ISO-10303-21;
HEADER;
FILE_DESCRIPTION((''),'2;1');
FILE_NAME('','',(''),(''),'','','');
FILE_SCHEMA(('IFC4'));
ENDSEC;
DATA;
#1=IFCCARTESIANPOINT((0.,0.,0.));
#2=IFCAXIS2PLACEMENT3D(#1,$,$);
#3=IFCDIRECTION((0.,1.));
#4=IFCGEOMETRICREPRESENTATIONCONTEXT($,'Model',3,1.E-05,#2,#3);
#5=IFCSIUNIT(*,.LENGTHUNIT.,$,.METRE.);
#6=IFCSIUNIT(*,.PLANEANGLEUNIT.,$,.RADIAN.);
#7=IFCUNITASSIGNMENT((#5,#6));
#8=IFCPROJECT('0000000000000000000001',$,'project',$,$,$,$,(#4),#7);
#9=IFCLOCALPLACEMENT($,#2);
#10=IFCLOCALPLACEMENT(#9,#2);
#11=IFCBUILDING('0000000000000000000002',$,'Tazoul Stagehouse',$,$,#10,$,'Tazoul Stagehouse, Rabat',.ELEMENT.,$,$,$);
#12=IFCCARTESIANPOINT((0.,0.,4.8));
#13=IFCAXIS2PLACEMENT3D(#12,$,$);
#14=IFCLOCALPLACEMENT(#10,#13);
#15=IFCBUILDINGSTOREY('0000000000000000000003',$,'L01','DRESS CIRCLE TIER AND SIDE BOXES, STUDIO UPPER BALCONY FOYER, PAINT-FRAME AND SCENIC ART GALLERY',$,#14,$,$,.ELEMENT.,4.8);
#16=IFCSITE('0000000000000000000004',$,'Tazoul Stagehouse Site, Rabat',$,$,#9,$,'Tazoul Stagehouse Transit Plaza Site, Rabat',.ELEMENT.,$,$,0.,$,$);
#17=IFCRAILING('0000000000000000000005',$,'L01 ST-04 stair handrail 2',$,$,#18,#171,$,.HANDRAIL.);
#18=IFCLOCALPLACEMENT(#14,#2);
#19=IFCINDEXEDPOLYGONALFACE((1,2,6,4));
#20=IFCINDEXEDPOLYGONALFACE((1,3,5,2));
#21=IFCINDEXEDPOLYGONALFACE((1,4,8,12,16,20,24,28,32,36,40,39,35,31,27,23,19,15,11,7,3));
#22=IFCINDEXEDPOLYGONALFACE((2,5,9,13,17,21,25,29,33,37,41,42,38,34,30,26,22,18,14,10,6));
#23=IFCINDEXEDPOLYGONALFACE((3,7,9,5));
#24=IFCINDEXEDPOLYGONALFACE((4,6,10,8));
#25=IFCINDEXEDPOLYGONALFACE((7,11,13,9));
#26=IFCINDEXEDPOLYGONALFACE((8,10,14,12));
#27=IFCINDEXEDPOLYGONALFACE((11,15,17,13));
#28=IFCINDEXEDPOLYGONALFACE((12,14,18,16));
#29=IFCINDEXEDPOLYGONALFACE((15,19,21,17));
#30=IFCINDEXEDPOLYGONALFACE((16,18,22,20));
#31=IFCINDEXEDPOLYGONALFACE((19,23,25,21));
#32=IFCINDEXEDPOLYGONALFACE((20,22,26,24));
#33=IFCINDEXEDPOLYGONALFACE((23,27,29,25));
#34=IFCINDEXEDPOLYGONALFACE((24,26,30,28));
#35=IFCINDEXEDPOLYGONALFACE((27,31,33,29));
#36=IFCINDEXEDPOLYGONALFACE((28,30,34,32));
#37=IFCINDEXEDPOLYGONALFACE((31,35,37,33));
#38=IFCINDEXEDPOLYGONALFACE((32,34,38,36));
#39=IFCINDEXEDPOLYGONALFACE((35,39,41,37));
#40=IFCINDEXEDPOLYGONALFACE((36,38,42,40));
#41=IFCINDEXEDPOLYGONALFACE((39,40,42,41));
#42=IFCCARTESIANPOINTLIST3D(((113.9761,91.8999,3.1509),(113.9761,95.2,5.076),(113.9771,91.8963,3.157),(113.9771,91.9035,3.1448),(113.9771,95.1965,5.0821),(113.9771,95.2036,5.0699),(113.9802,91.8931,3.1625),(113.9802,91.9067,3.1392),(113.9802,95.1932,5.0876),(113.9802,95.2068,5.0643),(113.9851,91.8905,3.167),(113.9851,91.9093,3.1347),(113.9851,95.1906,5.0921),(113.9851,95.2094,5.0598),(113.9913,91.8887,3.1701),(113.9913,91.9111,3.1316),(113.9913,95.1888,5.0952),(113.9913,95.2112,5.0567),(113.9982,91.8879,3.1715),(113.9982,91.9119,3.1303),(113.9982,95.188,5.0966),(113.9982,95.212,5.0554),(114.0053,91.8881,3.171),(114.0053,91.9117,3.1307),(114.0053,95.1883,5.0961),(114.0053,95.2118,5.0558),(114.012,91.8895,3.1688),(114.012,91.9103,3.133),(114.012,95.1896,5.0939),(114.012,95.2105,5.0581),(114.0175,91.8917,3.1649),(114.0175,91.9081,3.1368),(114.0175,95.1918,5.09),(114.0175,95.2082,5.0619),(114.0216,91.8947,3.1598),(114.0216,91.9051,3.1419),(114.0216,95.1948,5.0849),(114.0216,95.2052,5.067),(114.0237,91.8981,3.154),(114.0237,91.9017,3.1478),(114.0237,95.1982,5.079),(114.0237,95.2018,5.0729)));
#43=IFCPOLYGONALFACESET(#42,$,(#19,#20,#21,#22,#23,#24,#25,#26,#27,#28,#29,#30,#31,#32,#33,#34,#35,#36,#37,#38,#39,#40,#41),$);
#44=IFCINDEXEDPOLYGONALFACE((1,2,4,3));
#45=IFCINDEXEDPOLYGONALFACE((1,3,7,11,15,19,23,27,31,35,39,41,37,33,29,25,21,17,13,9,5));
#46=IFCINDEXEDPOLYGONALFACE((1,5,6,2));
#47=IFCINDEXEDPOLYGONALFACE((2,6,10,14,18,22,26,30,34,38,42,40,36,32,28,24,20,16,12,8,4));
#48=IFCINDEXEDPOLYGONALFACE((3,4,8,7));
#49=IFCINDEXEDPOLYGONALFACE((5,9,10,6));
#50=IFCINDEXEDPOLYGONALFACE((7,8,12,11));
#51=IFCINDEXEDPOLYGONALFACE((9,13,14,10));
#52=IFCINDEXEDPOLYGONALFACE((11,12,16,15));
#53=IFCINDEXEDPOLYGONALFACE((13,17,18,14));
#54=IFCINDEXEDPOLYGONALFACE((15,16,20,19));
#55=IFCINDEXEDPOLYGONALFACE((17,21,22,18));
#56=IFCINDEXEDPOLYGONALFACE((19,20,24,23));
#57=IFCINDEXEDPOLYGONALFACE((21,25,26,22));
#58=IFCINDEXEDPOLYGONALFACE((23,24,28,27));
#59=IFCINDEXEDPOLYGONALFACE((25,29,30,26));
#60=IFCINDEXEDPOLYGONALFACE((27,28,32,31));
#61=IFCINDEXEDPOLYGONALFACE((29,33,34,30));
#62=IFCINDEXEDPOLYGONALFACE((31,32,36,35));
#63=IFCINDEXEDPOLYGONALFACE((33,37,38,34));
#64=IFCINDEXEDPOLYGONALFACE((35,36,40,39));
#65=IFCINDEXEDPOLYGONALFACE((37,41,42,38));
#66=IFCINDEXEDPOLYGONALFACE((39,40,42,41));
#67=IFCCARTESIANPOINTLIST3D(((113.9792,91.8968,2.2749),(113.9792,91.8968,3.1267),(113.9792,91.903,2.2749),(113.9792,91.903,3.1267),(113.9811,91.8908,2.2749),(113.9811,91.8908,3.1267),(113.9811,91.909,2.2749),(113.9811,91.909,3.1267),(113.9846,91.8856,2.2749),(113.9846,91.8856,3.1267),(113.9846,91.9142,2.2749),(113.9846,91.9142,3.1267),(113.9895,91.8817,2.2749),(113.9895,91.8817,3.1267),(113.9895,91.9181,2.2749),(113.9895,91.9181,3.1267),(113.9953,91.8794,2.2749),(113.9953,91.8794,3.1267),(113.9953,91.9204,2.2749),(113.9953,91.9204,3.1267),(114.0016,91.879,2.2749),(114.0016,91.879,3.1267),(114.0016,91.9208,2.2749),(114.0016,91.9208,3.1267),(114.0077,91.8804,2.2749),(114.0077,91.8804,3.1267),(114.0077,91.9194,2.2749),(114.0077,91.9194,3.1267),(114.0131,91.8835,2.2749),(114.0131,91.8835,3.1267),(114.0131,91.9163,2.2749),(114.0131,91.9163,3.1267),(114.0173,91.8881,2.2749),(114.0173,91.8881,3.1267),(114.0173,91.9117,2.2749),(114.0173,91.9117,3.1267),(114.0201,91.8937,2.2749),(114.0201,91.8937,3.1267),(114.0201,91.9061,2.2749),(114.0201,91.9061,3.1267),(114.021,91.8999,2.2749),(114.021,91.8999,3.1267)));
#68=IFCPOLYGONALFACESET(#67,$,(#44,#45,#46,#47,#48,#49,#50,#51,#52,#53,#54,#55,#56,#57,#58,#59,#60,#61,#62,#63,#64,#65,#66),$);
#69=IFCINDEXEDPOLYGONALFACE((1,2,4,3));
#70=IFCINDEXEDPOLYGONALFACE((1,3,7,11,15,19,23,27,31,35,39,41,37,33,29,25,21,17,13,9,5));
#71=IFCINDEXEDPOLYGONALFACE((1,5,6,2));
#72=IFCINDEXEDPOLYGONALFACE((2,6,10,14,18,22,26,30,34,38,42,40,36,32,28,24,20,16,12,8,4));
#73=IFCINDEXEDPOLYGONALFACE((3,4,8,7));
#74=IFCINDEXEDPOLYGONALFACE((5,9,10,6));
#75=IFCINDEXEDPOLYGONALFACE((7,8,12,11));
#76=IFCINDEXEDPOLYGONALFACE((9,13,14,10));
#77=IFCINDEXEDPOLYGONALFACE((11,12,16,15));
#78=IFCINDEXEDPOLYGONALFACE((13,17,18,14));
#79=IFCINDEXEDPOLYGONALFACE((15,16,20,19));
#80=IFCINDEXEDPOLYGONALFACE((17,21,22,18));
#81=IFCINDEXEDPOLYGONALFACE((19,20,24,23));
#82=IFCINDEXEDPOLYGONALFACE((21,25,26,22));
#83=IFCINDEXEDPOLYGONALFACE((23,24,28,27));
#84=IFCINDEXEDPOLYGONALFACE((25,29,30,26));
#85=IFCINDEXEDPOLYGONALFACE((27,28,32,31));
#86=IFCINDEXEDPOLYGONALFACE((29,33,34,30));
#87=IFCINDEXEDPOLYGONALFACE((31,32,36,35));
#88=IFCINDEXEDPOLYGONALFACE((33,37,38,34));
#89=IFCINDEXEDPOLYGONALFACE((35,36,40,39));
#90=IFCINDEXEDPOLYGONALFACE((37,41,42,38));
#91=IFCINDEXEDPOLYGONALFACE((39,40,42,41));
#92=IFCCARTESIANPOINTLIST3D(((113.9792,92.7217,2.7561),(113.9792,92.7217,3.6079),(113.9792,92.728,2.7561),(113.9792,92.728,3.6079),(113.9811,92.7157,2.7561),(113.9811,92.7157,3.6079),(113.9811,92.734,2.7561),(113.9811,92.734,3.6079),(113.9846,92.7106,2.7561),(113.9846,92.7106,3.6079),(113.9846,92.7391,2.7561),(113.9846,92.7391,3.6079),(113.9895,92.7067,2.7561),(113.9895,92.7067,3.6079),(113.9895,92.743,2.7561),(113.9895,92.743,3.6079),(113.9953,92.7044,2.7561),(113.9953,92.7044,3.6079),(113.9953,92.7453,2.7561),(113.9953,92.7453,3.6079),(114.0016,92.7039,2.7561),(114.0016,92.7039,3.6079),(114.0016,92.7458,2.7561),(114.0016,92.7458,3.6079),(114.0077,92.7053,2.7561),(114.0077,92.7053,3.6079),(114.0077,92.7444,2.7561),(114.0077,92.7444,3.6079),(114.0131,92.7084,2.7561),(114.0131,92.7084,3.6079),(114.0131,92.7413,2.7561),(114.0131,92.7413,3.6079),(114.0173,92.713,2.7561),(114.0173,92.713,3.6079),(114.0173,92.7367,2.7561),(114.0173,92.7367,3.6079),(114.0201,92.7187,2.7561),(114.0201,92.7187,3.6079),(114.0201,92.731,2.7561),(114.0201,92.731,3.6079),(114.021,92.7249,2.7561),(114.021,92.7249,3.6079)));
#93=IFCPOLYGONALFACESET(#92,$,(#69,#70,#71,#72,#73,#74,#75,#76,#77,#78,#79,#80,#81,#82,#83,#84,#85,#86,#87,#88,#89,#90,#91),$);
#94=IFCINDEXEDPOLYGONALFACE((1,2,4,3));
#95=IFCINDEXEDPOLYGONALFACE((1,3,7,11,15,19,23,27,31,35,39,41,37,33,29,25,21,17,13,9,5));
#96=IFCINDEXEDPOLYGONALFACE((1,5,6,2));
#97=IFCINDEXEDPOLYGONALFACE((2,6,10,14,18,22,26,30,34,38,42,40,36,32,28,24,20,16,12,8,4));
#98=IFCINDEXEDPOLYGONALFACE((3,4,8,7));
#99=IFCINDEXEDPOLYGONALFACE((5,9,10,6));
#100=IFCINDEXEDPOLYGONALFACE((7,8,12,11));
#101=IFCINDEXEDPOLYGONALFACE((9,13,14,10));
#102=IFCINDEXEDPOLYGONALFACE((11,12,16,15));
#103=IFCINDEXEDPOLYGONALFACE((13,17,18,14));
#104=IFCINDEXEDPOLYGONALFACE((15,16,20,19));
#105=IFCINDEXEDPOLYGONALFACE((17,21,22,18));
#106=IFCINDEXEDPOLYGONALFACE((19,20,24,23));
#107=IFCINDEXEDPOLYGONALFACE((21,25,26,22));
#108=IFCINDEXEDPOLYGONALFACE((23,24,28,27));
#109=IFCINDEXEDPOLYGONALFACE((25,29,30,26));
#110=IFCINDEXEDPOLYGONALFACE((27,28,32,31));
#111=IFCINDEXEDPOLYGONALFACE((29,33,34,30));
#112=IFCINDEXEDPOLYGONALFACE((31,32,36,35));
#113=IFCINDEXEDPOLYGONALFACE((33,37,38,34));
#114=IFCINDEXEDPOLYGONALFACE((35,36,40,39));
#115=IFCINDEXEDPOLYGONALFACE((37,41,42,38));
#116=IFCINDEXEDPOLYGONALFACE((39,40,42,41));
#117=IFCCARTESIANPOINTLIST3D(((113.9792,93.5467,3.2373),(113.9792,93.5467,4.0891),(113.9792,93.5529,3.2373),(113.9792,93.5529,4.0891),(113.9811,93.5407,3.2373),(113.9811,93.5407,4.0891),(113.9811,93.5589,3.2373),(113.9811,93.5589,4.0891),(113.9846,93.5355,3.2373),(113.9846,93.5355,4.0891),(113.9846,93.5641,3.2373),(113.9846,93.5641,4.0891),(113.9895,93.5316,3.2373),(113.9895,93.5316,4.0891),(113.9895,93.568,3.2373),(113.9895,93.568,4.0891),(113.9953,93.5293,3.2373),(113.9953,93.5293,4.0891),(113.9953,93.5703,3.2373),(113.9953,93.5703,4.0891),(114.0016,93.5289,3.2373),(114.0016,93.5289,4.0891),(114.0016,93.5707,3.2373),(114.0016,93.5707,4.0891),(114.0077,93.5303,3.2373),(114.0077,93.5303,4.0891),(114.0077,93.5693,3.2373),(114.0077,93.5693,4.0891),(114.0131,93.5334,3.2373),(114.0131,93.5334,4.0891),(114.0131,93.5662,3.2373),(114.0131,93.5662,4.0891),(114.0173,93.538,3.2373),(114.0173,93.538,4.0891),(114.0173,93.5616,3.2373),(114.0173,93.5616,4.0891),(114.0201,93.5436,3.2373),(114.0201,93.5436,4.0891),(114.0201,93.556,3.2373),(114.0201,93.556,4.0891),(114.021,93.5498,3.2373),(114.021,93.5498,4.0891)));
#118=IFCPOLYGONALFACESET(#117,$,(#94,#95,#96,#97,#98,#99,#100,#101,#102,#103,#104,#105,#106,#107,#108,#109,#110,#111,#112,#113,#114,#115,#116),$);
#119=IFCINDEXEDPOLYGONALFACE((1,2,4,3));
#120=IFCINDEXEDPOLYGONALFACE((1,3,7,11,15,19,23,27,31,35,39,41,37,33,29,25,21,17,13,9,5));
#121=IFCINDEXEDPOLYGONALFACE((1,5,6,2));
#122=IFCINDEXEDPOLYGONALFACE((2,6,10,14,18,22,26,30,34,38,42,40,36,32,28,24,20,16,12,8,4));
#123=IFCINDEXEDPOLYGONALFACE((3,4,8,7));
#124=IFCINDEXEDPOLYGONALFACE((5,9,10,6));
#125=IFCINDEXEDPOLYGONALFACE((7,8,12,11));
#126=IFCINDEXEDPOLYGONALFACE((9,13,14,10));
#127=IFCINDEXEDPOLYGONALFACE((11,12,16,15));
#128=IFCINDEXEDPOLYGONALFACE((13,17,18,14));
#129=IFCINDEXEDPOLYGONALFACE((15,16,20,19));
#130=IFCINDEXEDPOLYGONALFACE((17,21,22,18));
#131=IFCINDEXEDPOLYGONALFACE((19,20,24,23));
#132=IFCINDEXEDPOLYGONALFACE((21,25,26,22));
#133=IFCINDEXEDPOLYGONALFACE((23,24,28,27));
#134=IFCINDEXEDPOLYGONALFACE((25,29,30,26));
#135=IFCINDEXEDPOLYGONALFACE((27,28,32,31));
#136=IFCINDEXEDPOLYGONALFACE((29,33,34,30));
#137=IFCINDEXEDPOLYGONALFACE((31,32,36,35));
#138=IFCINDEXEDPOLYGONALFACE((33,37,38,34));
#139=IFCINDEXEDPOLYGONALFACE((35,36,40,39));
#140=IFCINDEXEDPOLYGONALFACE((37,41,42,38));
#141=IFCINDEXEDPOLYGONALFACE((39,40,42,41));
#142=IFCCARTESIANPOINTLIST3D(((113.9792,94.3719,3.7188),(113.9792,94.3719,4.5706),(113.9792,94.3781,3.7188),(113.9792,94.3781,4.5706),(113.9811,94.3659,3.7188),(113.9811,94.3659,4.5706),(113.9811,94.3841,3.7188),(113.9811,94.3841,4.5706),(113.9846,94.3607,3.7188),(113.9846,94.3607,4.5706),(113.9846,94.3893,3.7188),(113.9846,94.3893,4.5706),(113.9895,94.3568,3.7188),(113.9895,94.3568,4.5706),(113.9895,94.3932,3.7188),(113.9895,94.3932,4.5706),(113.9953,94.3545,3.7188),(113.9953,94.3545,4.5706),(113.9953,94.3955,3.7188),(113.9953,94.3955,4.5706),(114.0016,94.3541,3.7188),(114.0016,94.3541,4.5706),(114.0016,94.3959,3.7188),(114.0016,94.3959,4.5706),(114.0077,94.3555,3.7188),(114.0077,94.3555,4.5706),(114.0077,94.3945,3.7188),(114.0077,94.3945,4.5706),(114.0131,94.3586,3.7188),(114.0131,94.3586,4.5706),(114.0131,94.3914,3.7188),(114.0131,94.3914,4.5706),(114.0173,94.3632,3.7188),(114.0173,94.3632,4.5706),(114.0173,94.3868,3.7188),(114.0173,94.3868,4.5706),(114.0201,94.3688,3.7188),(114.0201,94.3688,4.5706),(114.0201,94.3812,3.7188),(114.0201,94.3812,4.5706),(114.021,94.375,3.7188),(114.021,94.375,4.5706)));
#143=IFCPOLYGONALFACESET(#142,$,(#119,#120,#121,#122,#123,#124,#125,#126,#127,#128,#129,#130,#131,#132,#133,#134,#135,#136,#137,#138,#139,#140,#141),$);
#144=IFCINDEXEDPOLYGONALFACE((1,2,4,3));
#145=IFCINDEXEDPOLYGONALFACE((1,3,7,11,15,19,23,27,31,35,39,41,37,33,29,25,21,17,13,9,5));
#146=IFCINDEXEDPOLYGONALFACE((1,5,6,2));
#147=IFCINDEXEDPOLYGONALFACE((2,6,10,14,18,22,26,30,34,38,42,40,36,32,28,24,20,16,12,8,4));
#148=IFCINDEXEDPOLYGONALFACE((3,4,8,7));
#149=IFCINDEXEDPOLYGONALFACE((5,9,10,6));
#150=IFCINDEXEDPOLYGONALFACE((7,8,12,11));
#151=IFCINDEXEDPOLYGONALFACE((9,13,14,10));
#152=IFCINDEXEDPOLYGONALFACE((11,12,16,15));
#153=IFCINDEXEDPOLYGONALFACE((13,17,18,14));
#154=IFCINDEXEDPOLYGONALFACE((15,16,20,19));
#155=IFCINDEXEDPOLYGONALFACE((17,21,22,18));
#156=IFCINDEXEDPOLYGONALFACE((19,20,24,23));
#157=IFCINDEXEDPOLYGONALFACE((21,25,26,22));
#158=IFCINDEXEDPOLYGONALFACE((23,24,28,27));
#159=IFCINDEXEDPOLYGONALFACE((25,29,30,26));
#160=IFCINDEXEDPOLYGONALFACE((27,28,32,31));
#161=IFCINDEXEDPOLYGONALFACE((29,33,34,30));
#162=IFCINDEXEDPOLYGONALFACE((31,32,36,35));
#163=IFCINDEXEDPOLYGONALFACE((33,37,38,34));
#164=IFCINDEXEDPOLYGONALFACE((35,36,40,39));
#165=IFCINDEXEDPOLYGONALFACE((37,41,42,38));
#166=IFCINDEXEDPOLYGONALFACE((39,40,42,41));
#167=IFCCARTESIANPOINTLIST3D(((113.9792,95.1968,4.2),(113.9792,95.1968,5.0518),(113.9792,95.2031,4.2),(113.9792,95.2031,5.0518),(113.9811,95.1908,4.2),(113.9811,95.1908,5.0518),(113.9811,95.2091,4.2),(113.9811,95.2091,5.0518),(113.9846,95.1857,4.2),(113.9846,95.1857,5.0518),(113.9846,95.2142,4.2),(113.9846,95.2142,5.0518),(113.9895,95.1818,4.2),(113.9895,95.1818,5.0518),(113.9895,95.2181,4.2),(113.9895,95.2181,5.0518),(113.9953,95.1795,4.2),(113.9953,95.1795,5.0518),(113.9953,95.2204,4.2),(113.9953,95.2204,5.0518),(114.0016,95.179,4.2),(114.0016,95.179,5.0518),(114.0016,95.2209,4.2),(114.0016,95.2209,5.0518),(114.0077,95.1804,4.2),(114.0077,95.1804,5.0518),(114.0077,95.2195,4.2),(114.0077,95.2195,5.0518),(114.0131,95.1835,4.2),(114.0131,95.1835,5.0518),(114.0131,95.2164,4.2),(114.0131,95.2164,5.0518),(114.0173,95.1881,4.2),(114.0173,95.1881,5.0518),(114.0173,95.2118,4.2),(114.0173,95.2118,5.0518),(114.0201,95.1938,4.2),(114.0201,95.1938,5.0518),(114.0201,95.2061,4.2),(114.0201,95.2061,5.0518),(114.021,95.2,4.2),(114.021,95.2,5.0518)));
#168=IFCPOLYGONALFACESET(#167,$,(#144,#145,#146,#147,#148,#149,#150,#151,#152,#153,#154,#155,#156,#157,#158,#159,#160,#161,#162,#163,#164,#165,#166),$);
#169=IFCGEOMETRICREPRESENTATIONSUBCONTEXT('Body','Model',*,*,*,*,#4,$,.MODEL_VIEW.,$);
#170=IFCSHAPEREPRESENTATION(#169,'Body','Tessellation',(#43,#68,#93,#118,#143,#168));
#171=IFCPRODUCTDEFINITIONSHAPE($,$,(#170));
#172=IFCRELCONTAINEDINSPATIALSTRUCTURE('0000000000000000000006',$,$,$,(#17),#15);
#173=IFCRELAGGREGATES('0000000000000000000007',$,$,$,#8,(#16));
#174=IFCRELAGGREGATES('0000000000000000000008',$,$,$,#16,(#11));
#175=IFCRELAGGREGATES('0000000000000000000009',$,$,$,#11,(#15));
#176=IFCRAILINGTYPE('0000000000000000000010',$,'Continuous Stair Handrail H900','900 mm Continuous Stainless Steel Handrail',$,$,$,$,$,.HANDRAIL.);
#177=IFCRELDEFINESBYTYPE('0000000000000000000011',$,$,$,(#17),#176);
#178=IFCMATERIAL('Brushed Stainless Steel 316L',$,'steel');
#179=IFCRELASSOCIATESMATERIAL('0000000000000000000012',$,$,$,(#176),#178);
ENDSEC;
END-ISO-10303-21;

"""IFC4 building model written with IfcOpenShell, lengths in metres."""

from ifc_helpers import new_model, si_unit, direction, frame, origin, origin_2d, place, context, subcontext, project, spatial, circle, extrude, material, material_profile, profile_set, type_object, element, save


model = new_model("IFC4")

# Units and contexts
model_context = context("Model", 3, precision=1e-05, world=origin(), true_north=direction((0.0, 1.0)))
body_context = subcontext(model_context, "Body", "Model", "MODEL_VIEW")
ifc_project = project(units=[si_unit("LENGTHUNIT", "METRE"), si_unit("PLANEANGLEUNIT", "RADIAN")], contexts=[model_context])

# Site, building, storey
site_placement = place(None, origin())
site = spatial("IfcSite", under=ifc_project, at=site_placement, Name="Tazoul Stagehouse Site, Rabat", LongName="Tazoul Stagehouse Transit Plaza Site, Rabat", CompositionType="ELEMENT", RefElevation=0.0)
building_placement = place(site_placement, origin())
building = spatial("IfcBuilding", under=site, at=building_placement, Name="Tazoul Stagehouse", LongName="Tazoul Stagehouse, Rabat", CompositionType="ELEMENT")
storey_placement = place(building_placement, frame((0.0, 0.0, 4.8)))
storey = spatial("IfcBuildingStorey", under=building, at=storey_placement, Name="L01", Description="DRESS CIRCLE TIER AND SIDE BOXES, STUDIO UPPER BALCONY FOYER, PAINT-FRAME AND SCENIC ART GALLERY", CompositionType="ELEMENT", Elevation=4.8)

# Railing
ifc_material_1 = material(Name="Brushed Stainless Steel 316L", Category="steel")
ifc_material_profile_1 = material_profile(ifc_material_1, circle(Radius=0.021, at=origin_2d()), Name="SS HANDRAIL D42")
ifc_profile_set_1 = profile_set([ifc_material_profile_1], Name="Brushed Stainless Steel 316L")
railing_type_1 = type_object("IfcRailingType", Name="Continuous Stair Handrail H900", Description="900 mm Continuous Stainless Steel Handrail", PredefinedType="HANDRAIL", material=ifc_profile_set_1)
railing_1_placement = place(storey_placement, frame((114.0, 91.8999, 2.2749)))
element("IfcRailing", 1, at=railing_1_placement, inside=storey, type_object=railing_type_1, Name="L01 ST-04 stair handrail 2", PredefinedType="HANDRAIL", context=body_context, shape_type="SweptSolid", body=[
    extrude(circle(Radius=0.0239, at=origin_2d()), frame((0.0, 0.0, 0.876), z_axis=(0.0, 0.863777, 0.503875), x_axis=(-1.0, 0.0, 0.0)), (0.0, 0.0, 1.0), 3.8206),
    extrude(circle(Radius=0.021, at=origin_2d()), origin(), (0.0, 0.0, 1.0), 0.8518),
    extrude(circle(Radius=0.021, at=origin_2d()), frame((0.0, 0.825, 0.4812)), (0.0, 0.0, 1.0), 0.8518),
    extrude(circle(Radius=0.021, at=origin_2d()), frame((0.0, 1.6499, 0.9624)), (0.0, 0.0, 1.0), 0.8518),
    extrude(circle(Radius=0.021, at=origin_2d()), frame((0.0, 2.4751, 1.4438)), (0.0, 0.0, 1.0), 0.8518),
    extrude(circle(Radius=0.021, at=origin_2d()), frame((0.0, 3.3, 1.925)), (0.0, 0.0, 1.0), 0.8518),
])

save(model, "model.ifc")
